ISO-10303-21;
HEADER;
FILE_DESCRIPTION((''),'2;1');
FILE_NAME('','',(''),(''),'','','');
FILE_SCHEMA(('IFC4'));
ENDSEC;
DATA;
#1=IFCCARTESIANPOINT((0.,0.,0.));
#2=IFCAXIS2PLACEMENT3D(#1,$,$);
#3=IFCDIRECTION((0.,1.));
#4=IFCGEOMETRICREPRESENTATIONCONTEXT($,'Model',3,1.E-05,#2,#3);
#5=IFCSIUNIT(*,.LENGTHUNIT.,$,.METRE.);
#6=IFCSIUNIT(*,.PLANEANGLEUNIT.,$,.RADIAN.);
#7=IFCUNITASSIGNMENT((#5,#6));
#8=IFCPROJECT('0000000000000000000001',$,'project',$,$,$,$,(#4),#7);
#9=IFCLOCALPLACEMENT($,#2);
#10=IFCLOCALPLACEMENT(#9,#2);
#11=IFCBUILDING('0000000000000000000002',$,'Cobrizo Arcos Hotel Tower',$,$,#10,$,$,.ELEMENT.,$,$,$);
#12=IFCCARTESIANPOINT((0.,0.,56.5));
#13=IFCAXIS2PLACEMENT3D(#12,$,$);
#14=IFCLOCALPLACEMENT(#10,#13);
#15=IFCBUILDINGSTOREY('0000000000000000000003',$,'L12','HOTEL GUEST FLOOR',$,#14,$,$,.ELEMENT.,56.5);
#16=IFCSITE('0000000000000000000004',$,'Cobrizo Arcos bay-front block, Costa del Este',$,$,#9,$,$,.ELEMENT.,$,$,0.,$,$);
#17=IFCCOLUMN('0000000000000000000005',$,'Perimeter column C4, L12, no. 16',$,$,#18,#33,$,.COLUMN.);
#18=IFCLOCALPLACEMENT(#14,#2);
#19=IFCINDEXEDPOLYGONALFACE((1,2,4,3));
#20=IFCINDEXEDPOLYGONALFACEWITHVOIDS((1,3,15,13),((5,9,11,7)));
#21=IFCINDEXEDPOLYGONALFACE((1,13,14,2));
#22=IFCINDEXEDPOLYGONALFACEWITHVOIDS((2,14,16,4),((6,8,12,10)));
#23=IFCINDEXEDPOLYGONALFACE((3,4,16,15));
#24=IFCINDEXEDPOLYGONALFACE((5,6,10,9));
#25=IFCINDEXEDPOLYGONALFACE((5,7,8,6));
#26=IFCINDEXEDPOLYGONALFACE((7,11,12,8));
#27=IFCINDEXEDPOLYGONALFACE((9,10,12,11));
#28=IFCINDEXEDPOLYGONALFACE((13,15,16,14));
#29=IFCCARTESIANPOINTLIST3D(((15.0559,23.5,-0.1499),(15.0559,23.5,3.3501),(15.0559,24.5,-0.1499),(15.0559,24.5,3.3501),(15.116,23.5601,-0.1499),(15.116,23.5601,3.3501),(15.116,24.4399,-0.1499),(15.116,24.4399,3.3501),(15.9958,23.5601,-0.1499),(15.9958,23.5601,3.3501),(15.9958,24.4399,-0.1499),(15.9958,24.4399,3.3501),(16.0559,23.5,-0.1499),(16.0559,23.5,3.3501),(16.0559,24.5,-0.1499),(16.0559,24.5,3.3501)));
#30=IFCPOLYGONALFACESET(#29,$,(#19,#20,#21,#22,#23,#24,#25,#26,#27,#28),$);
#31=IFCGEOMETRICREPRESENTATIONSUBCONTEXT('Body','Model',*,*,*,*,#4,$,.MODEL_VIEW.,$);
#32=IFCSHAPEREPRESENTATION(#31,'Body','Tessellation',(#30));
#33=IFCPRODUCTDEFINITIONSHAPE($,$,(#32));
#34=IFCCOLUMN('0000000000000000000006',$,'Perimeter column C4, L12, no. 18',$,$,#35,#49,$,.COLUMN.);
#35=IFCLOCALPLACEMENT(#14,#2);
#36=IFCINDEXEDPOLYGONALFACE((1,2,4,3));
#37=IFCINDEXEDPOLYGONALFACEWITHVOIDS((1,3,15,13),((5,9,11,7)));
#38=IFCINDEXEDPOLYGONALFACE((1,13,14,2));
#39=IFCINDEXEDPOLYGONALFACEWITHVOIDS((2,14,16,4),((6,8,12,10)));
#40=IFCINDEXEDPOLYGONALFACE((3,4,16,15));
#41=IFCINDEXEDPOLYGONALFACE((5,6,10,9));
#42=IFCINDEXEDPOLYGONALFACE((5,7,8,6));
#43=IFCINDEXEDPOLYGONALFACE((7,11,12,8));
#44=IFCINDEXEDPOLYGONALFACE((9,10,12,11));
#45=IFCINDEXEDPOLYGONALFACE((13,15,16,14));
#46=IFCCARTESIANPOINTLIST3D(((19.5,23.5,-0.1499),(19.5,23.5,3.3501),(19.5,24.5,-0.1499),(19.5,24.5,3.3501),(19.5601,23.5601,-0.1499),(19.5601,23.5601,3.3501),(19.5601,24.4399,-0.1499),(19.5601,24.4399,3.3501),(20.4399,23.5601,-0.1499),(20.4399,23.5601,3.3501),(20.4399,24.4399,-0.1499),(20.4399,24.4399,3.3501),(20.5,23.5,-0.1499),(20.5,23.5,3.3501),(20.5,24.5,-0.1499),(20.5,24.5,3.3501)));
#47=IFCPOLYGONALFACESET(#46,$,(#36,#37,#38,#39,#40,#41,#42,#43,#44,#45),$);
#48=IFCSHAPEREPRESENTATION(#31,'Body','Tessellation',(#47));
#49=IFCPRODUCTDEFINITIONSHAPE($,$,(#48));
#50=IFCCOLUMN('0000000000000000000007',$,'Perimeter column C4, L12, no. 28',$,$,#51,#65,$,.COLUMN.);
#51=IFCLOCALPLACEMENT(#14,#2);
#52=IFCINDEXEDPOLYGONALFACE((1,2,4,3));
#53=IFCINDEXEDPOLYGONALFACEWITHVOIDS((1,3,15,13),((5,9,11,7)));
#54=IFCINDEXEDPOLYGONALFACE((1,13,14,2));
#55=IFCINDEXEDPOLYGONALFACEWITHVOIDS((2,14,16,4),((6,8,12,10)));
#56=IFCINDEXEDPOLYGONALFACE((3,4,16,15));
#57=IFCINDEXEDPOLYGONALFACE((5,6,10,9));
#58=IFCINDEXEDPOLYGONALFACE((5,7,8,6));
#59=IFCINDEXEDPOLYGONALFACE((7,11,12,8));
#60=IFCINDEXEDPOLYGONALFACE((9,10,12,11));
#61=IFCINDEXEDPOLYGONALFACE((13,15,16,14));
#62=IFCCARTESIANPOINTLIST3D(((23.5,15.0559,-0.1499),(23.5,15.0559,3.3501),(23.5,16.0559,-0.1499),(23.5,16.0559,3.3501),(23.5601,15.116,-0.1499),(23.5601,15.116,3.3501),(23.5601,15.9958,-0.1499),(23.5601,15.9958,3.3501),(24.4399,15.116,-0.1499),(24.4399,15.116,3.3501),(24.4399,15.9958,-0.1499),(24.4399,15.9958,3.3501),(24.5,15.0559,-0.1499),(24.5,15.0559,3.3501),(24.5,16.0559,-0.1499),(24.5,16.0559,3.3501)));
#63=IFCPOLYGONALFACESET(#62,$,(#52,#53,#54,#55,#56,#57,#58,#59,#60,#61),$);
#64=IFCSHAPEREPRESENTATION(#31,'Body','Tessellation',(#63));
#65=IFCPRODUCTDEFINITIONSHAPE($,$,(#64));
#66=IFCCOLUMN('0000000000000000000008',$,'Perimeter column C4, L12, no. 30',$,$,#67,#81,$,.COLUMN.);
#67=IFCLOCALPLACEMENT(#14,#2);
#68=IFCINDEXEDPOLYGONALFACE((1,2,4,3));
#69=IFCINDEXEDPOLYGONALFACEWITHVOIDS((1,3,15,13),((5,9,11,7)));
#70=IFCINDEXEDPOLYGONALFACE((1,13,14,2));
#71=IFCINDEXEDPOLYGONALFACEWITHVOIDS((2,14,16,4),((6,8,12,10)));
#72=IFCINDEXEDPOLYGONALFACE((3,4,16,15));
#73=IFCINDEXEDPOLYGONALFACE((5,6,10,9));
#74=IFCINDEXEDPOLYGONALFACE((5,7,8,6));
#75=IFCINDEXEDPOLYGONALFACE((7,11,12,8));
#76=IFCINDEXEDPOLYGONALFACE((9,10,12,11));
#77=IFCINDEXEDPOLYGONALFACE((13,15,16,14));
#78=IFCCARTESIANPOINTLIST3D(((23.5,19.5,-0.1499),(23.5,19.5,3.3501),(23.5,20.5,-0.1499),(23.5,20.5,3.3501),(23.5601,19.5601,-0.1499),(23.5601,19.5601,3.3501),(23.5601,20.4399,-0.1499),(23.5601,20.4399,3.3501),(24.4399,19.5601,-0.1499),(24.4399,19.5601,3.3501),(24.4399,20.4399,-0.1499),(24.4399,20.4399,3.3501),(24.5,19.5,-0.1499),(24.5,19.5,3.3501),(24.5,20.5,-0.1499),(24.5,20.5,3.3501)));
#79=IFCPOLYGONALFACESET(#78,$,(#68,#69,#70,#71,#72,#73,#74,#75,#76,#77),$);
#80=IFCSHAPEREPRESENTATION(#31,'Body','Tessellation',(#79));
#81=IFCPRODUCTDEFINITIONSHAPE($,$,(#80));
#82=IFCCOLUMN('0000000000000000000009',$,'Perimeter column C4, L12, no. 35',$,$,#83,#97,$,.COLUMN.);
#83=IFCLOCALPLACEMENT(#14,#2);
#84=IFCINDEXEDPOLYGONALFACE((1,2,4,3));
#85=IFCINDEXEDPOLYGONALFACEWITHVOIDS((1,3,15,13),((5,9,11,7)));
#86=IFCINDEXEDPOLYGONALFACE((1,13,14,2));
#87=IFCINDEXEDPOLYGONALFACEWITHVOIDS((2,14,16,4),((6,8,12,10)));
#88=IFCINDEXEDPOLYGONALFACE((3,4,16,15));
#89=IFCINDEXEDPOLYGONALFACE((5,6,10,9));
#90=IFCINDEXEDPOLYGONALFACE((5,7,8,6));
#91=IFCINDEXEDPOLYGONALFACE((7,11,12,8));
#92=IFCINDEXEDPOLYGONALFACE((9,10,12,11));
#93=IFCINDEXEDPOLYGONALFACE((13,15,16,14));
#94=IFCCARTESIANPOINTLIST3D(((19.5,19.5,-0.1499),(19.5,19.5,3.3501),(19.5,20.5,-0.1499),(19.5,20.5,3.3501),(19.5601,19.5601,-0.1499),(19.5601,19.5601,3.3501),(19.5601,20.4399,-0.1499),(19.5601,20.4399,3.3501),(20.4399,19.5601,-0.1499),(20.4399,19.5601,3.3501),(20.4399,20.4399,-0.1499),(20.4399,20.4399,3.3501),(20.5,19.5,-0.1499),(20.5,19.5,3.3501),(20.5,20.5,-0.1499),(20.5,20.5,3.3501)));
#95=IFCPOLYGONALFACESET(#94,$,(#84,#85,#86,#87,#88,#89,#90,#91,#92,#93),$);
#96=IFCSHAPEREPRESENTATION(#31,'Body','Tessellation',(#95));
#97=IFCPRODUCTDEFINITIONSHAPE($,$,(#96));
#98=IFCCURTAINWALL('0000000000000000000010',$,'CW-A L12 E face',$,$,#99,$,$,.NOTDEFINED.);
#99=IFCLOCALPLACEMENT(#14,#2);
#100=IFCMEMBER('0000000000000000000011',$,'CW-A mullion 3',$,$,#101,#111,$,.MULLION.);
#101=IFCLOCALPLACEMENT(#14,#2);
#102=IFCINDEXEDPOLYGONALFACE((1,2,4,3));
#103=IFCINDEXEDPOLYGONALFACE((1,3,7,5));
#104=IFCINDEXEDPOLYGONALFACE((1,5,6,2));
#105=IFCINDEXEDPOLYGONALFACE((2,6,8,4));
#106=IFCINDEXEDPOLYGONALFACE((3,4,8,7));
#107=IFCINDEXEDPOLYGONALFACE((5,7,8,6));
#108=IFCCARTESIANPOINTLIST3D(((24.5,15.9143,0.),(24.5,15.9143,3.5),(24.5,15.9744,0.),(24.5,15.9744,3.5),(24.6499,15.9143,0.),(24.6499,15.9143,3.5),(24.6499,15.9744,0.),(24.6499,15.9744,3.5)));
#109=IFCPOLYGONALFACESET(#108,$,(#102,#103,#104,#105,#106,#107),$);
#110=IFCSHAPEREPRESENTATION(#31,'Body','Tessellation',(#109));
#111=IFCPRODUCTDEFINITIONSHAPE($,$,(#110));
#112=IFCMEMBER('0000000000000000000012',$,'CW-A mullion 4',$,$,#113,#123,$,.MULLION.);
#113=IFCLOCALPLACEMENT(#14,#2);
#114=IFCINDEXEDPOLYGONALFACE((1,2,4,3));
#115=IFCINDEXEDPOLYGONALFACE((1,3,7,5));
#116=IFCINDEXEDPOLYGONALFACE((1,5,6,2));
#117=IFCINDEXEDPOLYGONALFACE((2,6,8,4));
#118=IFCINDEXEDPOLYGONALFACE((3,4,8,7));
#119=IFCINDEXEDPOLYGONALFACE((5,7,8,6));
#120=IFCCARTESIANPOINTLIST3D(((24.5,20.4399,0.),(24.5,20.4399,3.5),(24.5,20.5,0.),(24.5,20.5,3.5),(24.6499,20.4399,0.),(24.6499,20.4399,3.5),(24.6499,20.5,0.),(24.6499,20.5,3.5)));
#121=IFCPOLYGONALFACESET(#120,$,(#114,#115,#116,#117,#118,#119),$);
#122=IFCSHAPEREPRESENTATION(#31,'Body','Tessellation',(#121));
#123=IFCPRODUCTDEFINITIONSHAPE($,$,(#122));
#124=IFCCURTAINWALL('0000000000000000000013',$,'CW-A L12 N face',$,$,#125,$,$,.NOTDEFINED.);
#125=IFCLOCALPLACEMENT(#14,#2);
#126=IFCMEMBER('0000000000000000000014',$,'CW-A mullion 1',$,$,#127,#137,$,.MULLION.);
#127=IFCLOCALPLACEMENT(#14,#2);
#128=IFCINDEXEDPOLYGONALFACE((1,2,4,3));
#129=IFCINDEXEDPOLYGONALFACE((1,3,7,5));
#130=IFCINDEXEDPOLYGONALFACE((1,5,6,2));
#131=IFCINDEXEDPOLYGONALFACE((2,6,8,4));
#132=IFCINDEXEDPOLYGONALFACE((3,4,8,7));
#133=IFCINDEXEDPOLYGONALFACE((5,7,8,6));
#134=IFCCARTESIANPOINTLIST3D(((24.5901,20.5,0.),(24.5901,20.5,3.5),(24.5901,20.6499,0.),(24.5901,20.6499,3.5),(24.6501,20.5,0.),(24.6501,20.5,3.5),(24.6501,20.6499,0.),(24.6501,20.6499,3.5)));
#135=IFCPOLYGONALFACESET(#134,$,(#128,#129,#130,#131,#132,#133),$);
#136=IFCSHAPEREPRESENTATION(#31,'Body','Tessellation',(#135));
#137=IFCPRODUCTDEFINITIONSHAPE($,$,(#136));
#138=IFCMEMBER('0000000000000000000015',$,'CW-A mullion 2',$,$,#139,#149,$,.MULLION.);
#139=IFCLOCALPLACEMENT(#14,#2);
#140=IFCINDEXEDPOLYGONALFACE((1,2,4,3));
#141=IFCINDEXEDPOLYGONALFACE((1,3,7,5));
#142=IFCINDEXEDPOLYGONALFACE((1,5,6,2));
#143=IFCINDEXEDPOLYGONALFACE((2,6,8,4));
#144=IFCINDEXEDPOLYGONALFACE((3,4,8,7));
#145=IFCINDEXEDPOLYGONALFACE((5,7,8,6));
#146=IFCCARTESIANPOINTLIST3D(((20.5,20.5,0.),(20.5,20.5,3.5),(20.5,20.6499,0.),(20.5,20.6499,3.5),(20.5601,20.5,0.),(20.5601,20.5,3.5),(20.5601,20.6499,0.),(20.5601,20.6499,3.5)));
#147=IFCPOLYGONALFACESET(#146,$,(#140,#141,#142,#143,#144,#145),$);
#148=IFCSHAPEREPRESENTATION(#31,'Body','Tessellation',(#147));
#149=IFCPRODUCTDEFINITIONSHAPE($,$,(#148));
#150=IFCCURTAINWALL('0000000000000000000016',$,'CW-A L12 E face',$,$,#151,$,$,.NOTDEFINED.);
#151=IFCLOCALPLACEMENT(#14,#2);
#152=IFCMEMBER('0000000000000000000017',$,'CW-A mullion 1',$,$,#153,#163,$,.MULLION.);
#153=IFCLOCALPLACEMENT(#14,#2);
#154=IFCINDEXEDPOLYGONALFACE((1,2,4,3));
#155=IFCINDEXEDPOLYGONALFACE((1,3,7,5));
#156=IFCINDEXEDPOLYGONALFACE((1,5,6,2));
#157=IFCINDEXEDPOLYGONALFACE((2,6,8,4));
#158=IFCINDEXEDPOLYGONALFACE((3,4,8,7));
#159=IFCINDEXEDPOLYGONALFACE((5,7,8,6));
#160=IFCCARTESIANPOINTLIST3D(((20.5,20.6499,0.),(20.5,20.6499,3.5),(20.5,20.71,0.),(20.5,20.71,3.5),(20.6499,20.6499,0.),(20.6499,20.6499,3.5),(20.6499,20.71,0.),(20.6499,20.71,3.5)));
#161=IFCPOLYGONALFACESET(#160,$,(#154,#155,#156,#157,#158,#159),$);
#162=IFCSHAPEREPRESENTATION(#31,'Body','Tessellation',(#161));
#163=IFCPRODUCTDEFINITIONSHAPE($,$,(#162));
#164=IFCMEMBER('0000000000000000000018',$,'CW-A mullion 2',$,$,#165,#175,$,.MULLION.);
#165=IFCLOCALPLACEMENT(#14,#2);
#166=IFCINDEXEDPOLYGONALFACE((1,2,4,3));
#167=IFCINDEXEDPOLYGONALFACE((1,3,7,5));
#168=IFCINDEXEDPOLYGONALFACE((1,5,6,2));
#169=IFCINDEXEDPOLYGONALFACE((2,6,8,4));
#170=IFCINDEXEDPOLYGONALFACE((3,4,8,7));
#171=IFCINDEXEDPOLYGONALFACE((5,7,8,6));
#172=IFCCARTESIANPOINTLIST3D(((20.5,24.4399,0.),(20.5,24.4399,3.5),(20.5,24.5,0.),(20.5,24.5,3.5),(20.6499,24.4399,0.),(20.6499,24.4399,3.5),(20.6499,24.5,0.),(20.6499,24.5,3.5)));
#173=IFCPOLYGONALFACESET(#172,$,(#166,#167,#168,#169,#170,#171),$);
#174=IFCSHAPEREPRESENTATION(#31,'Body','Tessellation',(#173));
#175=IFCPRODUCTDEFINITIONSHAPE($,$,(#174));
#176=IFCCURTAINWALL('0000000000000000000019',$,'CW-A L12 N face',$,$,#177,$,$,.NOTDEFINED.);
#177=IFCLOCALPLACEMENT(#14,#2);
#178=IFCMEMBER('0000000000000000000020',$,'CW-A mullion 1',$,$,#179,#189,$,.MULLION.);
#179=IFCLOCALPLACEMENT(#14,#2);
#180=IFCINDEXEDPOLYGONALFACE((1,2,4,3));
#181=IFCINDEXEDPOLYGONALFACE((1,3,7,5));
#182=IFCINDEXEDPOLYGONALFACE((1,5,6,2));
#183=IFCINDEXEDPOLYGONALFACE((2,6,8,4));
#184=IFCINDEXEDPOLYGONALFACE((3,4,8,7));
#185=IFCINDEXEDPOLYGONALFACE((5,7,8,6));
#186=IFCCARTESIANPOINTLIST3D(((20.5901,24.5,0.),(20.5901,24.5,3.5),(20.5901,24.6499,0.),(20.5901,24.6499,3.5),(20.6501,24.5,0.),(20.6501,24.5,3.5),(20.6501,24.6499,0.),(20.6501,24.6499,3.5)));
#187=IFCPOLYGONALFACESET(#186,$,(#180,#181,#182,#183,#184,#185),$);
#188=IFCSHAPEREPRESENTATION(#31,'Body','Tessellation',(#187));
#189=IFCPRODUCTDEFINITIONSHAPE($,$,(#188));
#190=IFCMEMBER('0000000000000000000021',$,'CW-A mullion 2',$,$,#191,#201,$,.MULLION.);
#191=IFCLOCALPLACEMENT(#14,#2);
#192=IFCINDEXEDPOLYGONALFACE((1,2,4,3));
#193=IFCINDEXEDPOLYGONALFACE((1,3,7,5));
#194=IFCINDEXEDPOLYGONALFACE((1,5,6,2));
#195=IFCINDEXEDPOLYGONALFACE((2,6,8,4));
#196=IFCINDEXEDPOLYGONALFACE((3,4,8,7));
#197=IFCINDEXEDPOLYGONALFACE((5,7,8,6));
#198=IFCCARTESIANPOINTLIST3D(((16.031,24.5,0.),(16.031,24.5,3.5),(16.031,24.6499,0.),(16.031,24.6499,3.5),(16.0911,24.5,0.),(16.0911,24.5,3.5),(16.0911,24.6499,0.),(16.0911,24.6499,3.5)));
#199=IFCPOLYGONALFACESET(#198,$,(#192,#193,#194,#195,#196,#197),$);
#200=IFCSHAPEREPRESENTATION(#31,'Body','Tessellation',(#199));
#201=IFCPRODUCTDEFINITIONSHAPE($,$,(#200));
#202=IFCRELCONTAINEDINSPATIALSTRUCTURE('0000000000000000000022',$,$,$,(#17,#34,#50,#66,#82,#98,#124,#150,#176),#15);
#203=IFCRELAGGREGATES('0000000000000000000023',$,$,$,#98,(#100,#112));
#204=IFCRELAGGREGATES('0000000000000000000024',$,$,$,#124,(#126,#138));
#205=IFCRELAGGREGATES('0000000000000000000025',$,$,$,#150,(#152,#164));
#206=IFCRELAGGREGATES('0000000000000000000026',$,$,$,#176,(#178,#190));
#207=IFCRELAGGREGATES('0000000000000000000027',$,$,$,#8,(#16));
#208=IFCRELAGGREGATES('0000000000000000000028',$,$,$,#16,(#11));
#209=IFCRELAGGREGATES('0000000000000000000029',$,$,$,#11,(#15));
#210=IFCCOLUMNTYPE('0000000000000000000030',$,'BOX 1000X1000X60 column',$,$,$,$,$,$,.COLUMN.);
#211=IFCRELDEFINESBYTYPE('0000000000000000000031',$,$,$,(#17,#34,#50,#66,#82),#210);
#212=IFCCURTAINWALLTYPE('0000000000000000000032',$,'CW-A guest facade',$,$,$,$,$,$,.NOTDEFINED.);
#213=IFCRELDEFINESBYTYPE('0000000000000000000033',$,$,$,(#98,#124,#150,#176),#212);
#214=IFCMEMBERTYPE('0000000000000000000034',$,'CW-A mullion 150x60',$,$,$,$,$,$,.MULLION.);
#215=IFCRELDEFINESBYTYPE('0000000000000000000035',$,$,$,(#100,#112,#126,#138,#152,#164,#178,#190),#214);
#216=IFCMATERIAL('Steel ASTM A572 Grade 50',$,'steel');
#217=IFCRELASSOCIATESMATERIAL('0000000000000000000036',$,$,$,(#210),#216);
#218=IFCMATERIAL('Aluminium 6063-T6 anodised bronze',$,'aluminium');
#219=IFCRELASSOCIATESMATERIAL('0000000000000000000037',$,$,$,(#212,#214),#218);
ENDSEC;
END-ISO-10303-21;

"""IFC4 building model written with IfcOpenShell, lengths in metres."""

from ifc_helpers import new_model, si_unit, direction, frame, origin, origin_2d, place, context, subcontext, project, spatial, rectangle, hollow_rectangle, extrude, material, material_profile, profile_set, type_object, element, aggregate, save


model = new_model("IFC4")

# Units and contexts
model_context = context("Model", 3, precision=1e-05, world=origin(), true_north=direction((0.0, 1.0)))
body_context = subcontext(model_context, "Body", "Model", "MODEL_VIEW")
ifc_project = project(units=[si_unit("LENGTHUNIT", "METRE"), si_unit("PLANEANGLEUNIT", "RADIAN")], contexts=[model_context])

# Site, building, storey
site_placement = place(None, origin())
site = spatial("IfcSite", under=ifc_project, at=site_placement, Name="Cobrizo Arcos bay-front block, Costa del Este", CompositionType="ELEMENT", RefElevation=0.0)
building_placement = place(site_placement, origin())
building = spatial("IfcBuilding", under=site, at=building_placement, Name="Cobrizo Arcos Hotel Tower", CompositionType="ELEMENT")
storey_placement = place(building_placement, frame((0.0, 0.0, 56.5)))
storey = spatial("IfcBuildingStorey", under=building, at=storey_placement, Name="L12", Description="HOTEL GUEST FLOOR", CompositionType="ELEMENT", Elevation=56.5)

# Columns
ifc_material_1 = material(Name="Steel ASTM A572 Grade 50", Category="steel")
ifc_material_profile_1 = material_profile(ifc_material_1, hollow_rectangle(XDim=1.0, YDim=1.0, WallThickness=0.0601, at=origin_2d()), Name="BOX 1000X1000X60")
ifc_profile_set_1 = profile_set([ifc_material_profile_1], Name="Steel ASTM A572 Grade 50")
column_type = type_object("IfcColumnType", Name="BOX 1000X1000X60 column", PredefinedType="COLUMN", material=ifc_profile_set_1)
for number, where, z_axis, x_axis, name in (
    (1, (15.5559, 24.0, -0.1499), (0.0, 0.0, 1.0), (1.0, 0.0, 0.0), "Perimeter column C4, L12, no. 16"),
    (2, (20.0, 24.0, -0.1499), (0.0, 0.0, 1.0), (1.0, 0.0, 0.0), "Perimeter column C4, L12, no. 18"),
    (3, (24.0, 15.5559, -0.1499), (0.0, 0.0, 1.0), (1.0, 0.0, 0.0), "Perimeter column C4, L12, no. 28"),
    (4, (24.0, 20.0, -0.1499), (0.0, 0.0, 1.0), (1.0, 0.0, 0.0), "Perimeter column C4, L12, no. 30"),
    (5, (20.0, 20.0, -0.1499), (0.0, 0.0, 1.0), (1.0, 0.0, 0.0), "Perimeter column C4, L12, no. 35"),
):
    element("IfcColumn", number, at=place(storey_placement, frame(where, z_axis=z_axis, x_axis=x_axis)), inside=storey, type_object=column_type, Name=name, PredefinedType="COLUMN", context=body_context, shape_type="SweptSolid", body=[
        extrude(hollow_rectangle(XDim=1.0, YDim=1.0, WallThickness=0.0601, at=origin_2d()), origin(), (0.0, 0.0, 1.0), 3.5),
    ])

# Curtain walls, members
ifc_material_2 = material(Name="Aluminium 6063-T6 anodised bronze", Category="aluminium")
curtain_wall_type = type_object("IfcCurtainWallType", Name="CW-A guest facade", PredefinedType="NOTDEFINED", material=ifc_material_2)
curtain_wall_1_placement = place(storey_placement, origin())
curtain_wall_1 = element("IfcCurtainWall", 6, at=curtain_wall_1_placement, inside=storey, type_object=curtain_wall_type, Name="CW-A L12 E face", PredefinedType="NOTDEFINED")
ifc_material_profile_2 = material_profile(ifc_material_2, rectangle(XDim=0.1499, YDim=0.0601, at=origin_2d()), Name="CW-A mullion 150x60")
ifc_profile_set_2 = profile_set([ifc_material_profile_2], Name="Aluminium 6063-T6 anodised bronze")
member_type = type_object("IfcMemberType", Name="CW-A mullion 150x60", PredefinedType="MULLION", material=ifc_profile_set_2)
member_1_placement = place(storey_placement, frame((24.575, 15.9443, 0.0), z_axis=(0.0, 0.0, 1.0), x_axis=(1.0, 0.0, 0.0)))
member_1 = element("IfcMember", 7, at=member_1_placement, type_object=member_type, Name="CW-A mullion 3", PredefinedType="MULLION", context=body_context, shape_type="SweptSolid", body=[
    extrude(rectangle(XDim=0.1499, YDim=0.0601, at=origin_2d()), origin(), (0.0, 0.0, 1.0), 3.5),
])
member_2_placement = place(storey_placement, frame((24.575, 20.47, 0.0), z_axis=(0.0, 0.0, 1.0), x_axis=(1.0, 0.0, 0.0)))
member_2 = element("IfcMember", 8, at=member_2_placement, type_object=member_type, Name="CW-A mullion 4", PredefinedType="MULLION", context=body_context, shape_type="SweptSolid", body=[
    extrude(rectangle(XDim=0.1499, YDim=0.0601, at=origin_2d()), origin(), (0.0, 0.0, 1.0), 3.5),
])
curtain_wall_2_placement = place(storey_placement, origin())
curtain_wall_2 = element("IfcCurtainWall", 9, at=curtain_wall_2_placement, inside=storey, type_object=curtain_wall_type, Name="CW-A L12 N face", PredefinedType="NOTDEFINED")
member_3_placement = place(storey_placement, frame((24.6201, 20.575, 0.0), z_axis=(0.0, 0.0, 1.0), x_axis=(0.0, 1.0, 0.0)))
member_3 = element("IfcMember", 10, at=member_3_placement, type_object=member_type, Name="CW-A mullion 1", PredefinedType="MULLION", context=body_context, shape_type="SweptSolid", body=[
    extrude(rectangle(XDim=0.1499, YDim=0.0601, at=origin_2d()), origin(), (0.0, 0.0, 1.0), 3.5),
])
member_4_placement = place(storey_placement, frame((20.53, 20.575, 0.0), z_axis=(0.0, 0.0, 1.0), x_axis=(0.0, 1.0, 0.0)))
member_4 = element("IfcMember", 11, at=member_4_placement, type_object=member_type, Name="CW-A mullion 2", PredefinedType="MULLION", context=body_context, shape_type="SweptSolid", body=[
    extrude(rectangle(XDim=0.1499, YDim=0.0601, at=origin_2d()), origin(), (0.0, 0.0, 1.0), 3.5),
])
curtain_wall_3_placement = place(storey_placement, origin())
curtain_wall_3 = element("IfcCurtainWall", 12, at=curtain_wall_3_placement, inside=storey, type_object=curtain_wall_type, Name="CW-A L12 E face", PredefinedType="NOTDEFINED")
member_5_placement = place(storey_placement, frame((20.575, 20.6799, 0.0), z_axis=(0.0, 0.0, 1.0), x_axis=(1.0, 0.0, 0.0)))
member_5 = element("IfcMember", 13, at=member_5_placement, type_object=member_type, Name="CW-A mullion 1", PredefinedType="MULLION", context=body_context, shape_type="SweptSolid", body=[
    extrude(rectangle(XDim=0.1499, YDim=0.0601, at=origin_2d()), origin(), (0.0, 0.0, 1.0), 3.5),
])
member_6_placement = place(storey_placement, frame((20.575, 24.47, 0.0), z_axis=(0.0, 0.0, 1.0), x_axis=(1.0, 0.0, 0.0)))
member_6 = element("IfcMember", 14, at=member_6_placement, type_object=member_type, Name="CW-A mullion 2", PredefinedType="MULLION", context=body_context, shape_type="SweptSolid", body=[
    extrude(rectangle(XDim=0.1499, YDim=0.0601, at=origin_2d()), origin(), (0.0, 0.0, 1.0), 3.5),
])
curtain_wall_4_placement = place(storey_placement, origin())
curtain_wall_4 = element("IfcCurtainWall", 15, at=curtain_wall_4_placement, inside=storey, type_object=curtain_wall_type, Name="CW-A L12 N face", PredefinedType="NOTDEFINED")
member_7_placement = place(storey_placement, frame((20.6201, 24.575, 0.0), z_axis=(0.0, 0.0, 1.0), x_axis=(0.0, 1.0, 0.0)))
member_7 = element("IfcMember", 16, at=member_7_placement, type_object=member_type, Name="CW-A mullion 1", PredefinedType="MULLION", context=body_context, shape_type="SweptSolid", body=[
    extrude(rectangle(XDim=0.1499, YDim=0.0601, at=origin_2d()), origin(), (0.0, 0.0, 1.0), 3.5),
])
member_8_placement = place(storey_placement, frame((16.061, 24.575, 0.0), z_axis=(0.0, 0.0, 1.0), x_axis=(0.0, 1.0, 0.0)))
member_8 = element("IfcMember", 17, at=member_8_placement, type_object=member_type, Name="CW-A mullion 2", PredefinedType="MULLION", context=body_context, shape_type="SweptSolid", body=[
    extrude(rectangle(XDim=0.1499, YDim=0.0601, at=origin_2d()), origin(), (0.0, 0.0, 1.0), 3.5),
])

aggregate(curtain_wall_1, [member_1, member_2])
aggregate(curtain_wall_2, [member_3, member_4])
aggregate(curtain_wall_3, [member_5, member_6])
aggregate(curtain_wall_4, [member_7, member_8])

save(model, "model.ifc")
